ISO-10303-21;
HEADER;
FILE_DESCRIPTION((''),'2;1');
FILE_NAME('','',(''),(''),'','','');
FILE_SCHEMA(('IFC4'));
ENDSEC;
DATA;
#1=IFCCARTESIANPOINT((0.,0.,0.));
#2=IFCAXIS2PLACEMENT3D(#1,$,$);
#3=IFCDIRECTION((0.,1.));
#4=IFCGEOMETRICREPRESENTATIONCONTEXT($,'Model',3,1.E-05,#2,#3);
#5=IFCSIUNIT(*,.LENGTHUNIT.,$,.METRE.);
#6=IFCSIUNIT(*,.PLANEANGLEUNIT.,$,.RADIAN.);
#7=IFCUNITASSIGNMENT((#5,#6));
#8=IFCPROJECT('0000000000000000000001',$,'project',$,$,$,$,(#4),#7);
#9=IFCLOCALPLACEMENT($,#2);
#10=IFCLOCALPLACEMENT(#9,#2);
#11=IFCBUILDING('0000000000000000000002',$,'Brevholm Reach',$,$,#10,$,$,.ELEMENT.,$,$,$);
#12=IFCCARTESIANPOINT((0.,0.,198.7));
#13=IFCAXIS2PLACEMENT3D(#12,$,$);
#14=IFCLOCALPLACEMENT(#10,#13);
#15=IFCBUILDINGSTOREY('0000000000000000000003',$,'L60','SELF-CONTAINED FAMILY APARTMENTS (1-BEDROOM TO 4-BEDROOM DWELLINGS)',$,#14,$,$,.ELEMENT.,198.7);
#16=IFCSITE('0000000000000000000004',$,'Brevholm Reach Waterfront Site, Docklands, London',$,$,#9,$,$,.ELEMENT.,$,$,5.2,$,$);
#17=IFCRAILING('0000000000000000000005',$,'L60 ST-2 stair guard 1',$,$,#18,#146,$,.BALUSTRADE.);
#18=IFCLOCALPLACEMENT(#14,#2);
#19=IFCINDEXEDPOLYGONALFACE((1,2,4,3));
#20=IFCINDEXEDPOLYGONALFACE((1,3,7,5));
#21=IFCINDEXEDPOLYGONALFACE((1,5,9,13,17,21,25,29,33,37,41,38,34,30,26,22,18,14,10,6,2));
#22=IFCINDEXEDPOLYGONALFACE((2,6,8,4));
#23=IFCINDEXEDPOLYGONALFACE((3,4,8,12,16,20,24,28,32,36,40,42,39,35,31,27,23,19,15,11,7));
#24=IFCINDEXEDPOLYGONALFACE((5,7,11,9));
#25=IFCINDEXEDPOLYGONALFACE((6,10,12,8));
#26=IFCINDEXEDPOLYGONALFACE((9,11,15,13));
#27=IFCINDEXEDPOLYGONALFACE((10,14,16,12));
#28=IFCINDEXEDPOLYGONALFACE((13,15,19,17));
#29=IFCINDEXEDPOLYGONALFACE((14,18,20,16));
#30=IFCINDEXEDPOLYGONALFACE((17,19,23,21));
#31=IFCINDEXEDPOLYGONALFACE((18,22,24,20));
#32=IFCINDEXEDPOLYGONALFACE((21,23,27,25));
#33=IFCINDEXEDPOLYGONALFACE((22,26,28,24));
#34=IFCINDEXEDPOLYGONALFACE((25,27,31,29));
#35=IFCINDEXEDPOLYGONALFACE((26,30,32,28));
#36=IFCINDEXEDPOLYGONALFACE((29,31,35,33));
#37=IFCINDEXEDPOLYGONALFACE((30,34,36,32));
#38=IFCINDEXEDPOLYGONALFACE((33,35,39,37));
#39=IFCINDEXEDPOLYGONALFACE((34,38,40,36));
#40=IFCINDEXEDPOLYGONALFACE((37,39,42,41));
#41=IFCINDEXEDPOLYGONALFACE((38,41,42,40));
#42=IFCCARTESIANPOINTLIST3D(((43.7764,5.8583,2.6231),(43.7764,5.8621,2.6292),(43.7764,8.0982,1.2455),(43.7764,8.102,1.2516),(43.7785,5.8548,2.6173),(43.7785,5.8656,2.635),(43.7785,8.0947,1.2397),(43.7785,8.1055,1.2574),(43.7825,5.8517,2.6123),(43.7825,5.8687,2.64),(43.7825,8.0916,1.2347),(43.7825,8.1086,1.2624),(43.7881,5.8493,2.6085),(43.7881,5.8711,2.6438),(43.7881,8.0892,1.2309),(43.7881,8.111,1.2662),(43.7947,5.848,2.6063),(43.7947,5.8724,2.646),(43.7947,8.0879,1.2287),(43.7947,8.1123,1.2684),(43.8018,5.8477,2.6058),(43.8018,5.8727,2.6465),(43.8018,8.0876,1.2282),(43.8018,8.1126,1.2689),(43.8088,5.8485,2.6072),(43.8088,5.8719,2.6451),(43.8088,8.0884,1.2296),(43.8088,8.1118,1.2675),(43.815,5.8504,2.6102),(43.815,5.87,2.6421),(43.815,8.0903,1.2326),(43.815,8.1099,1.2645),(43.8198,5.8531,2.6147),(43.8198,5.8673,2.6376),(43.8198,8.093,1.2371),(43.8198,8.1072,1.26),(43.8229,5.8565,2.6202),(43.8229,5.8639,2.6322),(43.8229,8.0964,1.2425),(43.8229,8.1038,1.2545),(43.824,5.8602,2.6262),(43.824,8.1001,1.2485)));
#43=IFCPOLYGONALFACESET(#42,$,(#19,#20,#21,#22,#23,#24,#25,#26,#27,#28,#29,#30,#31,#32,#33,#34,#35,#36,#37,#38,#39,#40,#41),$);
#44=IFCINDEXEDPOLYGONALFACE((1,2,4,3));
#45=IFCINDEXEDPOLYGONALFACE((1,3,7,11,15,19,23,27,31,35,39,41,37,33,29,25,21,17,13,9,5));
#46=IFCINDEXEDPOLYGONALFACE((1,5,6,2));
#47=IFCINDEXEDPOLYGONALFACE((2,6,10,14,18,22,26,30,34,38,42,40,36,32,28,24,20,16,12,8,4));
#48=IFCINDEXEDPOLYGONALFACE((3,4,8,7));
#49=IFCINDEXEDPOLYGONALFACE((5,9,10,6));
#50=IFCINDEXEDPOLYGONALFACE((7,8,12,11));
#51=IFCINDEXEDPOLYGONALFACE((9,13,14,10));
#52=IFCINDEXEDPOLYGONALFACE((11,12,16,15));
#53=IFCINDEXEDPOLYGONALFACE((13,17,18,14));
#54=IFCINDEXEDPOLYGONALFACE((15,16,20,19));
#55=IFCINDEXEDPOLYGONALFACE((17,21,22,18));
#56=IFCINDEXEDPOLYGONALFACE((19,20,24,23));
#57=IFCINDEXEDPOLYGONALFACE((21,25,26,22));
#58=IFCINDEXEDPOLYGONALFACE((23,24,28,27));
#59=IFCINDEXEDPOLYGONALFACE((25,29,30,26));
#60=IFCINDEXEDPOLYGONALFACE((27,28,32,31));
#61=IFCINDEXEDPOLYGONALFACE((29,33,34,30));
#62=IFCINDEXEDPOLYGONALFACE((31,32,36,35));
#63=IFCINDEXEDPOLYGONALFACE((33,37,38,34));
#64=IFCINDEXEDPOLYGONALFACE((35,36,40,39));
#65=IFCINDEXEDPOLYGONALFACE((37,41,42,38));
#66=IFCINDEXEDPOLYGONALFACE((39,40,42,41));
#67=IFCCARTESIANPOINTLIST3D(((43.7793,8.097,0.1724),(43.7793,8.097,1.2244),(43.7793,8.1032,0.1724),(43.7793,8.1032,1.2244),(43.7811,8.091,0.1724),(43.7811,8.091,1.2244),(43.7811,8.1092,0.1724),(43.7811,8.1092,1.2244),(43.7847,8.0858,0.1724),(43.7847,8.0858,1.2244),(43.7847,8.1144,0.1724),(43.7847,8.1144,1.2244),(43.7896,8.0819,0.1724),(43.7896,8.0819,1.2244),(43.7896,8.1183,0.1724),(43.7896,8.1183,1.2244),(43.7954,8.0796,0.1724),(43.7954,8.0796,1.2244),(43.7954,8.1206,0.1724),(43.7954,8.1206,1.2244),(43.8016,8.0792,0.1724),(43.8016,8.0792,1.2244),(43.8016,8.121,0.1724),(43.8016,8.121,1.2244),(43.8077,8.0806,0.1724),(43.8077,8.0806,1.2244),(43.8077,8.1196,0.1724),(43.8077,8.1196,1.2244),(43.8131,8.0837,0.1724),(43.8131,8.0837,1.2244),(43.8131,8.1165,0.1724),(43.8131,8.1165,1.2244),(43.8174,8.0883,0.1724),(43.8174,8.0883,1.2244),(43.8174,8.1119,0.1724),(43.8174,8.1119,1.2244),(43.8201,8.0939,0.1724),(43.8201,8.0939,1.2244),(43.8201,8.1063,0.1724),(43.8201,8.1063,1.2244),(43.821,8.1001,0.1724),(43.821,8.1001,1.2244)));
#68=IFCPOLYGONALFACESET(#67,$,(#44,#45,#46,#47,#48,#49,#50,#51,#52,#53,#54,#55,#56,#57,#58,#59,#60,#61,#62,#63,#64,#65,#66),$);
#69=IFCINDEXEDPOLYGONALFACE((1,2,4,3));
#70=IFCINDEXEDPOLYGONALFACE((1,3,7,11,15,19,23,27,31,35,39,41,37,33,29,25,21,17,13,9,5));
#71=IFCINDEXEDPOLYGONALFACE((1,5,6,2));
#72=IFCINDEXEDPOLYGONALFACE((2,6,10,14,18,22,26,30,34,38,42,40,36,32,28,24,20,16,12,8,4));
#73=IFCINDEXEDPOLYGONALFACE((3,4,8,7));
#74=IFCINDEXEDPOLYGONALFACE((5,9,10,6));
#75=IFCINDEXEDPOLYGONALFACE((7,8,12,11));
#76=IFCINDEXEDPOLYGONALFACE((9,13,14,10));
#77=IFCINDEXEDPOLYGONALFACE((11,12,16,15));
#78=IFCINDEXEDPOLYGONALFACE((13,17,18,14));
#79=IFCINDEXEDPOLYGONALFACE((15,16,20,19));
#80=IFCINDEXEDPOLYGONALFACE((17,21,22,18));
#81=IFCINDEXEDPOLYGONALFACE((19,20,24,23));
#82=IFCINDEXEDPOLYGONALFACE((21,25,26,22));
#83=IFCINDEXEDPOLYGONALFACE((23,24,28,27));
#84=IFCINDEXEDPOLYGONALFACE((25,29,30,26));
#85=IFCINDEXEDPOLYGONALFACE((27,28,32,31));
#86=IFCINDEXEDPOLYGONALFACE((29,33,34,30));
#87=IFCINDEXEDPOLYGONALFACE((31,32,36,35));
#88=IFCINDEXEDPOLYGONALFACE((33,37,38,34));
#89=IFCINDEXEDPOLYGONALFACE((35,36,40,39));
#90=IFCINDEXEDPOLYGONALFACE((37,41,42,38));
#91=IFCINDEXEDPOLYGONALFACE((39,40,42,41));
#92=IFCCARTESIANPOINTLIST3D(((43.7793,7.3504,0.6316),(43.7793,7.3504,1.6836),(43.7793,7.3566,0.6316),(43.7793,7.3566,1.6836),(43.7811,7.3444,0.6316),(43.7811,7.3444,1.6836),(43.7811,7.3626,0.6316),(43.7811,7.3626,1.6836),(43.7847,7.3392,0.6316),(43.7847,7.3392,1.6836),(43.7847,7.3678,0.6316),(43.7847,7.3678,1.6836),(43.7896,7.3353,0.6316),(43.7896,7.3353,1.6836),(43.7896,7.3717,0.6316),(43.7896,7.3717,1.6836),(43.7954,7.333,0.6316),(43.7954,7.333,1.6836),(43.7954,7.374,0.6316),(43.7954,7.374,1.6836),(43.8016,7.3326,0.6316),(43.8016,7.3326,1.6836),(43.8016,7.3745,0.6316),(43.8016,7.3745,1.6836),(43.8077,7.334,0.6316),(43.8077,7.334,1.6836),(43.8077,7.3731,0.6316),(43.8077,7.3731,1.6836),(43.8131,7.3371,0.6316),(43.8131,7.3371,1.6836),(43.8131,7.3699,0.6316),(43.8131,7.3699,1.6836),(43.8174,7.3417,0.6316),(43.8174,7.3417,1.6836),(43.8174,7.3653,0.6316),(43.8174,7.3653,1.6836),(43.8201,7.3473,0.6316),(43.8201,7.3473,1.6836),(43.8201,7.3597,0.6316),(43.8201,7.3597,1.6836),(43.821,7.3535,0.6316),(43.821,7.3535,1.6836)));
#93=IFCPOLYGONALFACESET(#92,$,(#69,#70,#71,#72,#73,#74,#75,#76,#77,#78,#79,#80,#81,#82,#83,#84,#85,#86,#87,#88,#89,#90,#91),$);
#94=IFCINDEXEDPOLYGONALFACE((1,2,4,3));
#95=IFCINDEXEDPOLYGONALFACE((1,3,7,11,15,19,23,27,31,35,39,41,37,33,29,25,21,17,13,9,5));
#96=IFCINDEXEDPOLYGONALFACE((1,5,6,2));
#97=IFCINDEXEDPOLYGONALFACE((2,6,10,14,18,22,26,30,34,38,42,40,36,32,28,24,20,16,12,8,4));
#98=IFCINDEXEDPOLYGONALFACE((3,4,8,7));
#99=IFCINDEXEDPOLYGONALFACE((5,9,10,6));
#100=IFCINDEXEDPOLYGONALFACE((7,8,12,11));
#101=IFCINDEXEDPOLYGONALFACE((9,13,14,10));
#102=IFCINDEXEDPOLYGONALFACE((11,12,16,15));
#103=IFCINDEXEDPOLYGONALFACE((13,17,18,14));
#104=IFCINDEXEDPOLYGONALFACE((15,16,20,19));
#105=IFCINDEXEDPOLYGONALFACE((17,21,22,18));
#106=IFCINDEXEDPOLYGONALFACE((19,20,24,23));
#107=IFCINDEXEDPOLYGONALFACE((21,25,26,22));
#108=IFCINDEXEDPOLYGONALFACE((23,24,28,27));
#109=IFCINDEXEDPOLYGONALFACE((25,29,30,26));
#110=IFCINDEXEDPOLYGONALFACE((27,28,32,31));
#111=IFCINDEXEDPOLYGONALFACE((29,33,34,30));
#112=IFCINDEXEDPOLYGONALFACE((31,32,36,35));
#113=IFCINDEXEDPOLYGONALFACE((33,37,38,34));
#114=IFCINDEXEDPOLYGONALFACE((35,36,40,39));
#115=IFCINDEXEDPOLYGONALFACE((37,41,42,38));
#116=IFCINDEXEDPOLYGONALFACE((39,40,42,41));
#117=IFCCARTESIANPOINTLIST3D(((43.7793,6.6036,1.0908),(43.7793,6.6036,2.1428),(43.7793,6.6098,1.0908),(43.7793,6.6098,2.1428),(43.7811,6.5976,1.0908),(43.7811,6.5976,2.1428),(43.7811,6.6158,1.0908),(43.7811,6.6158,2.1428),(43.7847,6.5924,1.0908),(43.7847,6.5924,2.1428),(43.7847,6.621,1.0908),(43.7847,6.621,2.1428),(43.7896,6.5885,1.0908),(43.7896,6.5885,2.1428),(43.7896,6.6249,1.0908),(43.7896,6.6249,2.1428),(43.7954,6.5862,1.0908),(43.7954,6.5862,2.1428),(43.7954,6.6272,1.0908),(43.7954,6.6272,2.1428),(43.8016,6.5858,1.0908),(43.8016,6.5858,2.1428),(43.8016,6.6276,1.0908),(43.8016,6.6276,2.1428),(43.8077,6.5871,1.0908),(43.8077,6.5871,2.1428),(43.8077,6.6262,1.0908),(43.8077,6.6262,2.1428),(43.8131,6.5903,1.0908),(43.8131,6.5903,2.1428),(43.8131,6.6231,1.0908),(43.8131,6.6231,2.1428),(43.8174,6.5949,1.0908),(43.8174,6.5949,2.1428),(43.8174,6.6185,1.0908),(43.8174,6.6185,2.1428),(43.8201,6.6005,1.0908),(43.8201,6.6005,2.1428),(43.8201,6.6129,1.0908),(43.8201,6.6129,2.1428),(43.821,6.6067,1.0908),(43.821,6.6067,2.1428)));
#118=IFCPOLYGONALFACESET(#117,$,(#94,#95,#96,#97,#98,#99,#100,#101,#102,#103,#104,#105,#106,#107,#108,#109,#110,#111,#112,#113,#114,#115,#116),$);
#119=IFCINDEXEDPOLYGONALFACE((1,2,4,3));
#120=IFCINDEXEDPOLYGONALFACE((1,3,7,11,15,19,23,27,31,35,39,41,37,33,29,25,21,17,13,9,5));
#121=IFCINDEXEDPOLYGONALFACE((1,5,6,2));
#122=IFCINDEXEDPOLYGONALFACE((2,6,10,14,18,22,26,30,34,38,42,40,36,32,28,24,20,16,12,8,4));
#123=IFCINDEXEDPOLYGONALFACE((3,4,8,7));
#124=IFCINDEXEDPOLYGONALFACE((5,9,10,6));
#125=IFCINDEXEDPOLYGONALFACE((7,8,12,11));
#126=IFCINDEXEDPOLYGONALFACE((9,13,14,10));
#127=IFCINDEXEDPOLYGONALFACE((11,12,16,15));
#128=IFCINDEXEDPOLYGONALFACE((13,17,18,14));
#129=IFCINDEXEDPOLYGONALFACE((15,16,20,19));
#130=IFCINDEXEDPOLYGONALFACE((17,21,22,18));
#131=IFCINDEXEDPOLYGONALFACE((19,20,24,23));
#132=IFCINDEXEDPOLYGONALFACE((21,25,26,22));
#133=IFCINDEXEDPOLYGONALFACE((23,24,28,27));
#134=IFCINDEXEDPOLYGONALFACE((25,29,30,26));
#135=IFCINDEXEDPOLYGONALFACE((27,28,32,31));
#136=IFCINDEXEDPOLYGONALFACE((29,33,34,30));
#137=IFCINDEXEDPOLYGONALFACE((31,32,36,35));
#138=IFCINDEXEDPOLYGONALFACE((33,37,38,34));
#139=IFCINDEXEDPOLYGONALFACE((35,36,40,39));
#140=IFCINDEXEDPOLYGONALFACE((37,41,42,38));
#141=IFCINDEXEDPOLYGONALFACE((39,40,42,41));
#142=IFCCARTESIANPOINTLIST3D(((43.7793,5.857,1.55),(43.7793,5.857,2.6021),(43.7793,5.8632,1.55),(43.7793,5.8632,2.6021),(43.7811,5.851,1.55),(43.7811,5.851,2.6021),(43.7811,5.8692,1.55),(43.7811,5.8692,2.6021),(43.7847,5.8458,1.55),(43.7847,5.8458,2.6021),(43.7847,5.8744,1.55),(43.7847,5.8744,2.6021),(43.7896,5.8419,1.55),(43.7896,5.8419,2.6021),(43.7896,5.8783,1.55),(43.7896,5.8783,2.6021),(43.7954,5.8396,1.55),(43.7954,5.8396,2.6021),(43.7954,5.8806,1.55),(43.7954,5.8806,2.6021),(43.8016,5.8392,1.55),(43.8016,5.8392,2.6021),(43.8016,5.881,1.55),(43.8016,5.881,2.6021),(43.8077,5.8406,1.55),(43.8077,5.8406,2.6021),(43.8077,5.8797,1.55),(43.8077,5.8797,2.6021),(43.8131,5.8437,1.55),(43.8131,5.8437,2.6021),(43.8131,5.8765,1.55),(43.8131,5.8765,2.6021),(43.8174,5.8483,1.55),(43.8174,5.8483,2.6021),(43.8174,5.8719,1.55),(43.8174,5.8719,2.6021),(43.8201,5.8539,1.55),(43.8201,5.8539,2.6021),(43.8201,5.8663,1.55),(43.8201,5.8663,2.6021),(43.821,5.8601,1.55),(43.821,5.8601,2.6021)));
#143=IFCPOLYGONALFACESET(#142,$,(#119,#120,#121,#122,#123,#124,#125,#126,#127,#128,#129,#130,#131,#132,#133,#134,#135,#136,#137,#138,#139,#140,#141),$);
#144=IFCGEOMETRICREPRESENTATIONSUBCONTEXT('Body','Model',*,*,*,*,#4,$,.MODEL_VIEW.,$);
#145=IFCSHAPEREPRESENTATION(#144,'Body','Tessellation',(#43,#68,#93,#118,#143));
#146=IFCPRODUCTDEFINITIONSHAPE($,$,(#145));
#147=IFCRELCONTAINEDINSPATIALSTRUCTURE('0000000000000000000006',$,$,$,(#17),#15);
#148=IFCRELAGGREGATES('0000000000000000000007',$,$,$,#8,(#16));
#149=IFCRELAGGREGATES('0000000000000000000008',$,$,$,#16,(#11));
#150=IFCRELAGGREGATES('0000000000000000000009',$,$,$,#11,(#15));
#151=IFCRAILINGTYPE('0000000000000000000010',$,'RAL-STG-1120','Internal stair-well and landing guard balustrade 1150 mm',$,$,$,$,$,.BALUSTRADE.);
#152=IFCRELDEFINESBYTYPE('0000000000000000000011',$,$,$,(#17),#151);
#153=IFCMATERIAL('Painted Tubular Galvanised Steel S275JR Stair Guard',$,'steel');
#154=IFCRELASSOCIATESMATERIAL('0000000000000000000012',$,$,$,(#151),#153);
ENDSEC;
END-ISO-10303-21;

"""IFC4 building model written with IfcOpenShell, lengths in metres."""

from ifc_helpers import new_model, si_unit, direction, frame, origin, origin_2d, place, context, subcontext, project, spatial, circle, extrude, material, type_object, element, save


model = new_model("IFC4")

# Units and contexts
model_context = context("Model", 3, precision=1e-05, world=origin(), true_north=direction((0.0, 1.0)))
body_context = subcontext(model_context, "Body", "Model", "MODEL_VIEW")
ifc_project = project(units=[si_unit("LENGTHUNIT", "METRE"), si_unit("PLANEANGLEUNIT", "RADIAN")], contexts=[model_context])

# Site, building, storey
site_placement = place(None, origin())
site = spatial("IfcSite", under=ifc_project, at=site_placement, Name="Brevholm Reach Waterfront Site, Docklands, London", CompositionType="ELEMENT", RefElevation=5.2)
building_placement = place(site_placement, origin())
building = spatial("IfcBuilding", under=site, at=building_placement, Name="Brevholm Reach", CompositionType="ELEMENT")
storey_placement = place(building_placement, frame((0.0, 0.0, 198.7)))
storey = spatial("IfcBuildingStorey", under=building, at=storey_placement, Name="L60", Description="SELF-CONTAINED FAMILY APARTMENTS (1-BEDROOM TO 4-BEDROOM DWELLINGS)", CompositionType="ELEMENT", Elevation=198.7)

# Railing
ifc_material_1 = material(Name="Painted Tubular Galvanised Steel S275JR Stair Guard", Category="steel")
railing_type_1 = type_object("IfcRailingType", Name="RAL-STG-1120", Description="Internal stair-well and landing guard balustrade 1150 mm", PredefinedType="BALUSTRADE", material=ifc_material_1)
railing_1_placement = place(storey_placement, frame((43.8, 8.1001, 0.1724)))
element("IfcRailing", 1, at=railing_1_placement, inside=storey, type_object=railing_type_1, Name="L60 ST-2 stair guard 1", PredefinedType="BALUSTRADE", context=body_context, shape_type="SweptSolid", body=[
    extrude(circle(Radius=0.0239, at=origin_2d()), frame((0.0, 0.0, 1.0762), z_axis=(0.0, -0.851789, 0.523885), x_axis=(1.0, 0.0, 0.0)), (0.0, 0.0, 1.0), 2.6296),
    extrude(circle(Radius=0.021, at=origin_2d()), origin(), (0.0, 0.0, 1.0), 1.052),
    extrude(circle(Radius=0.021, at=origin_2d()), frame((0.0, -0.7466, 0.4592)), (0.0, 0.0, 1.0), 1.052),
    extrude(circle(Radius=0.021, at=origin_2d()), frame((0.0, -1.4934, 0.9185)), (0.0, 0.0, 1.0), 1.052),
    extrude(circle(Radius=0.021, at=origin_2d()), frame((0.0, -2.24, 1.3777)), (0.0, 0.0, 1.0), 1.052),
])

save(model, "model.ifc")
